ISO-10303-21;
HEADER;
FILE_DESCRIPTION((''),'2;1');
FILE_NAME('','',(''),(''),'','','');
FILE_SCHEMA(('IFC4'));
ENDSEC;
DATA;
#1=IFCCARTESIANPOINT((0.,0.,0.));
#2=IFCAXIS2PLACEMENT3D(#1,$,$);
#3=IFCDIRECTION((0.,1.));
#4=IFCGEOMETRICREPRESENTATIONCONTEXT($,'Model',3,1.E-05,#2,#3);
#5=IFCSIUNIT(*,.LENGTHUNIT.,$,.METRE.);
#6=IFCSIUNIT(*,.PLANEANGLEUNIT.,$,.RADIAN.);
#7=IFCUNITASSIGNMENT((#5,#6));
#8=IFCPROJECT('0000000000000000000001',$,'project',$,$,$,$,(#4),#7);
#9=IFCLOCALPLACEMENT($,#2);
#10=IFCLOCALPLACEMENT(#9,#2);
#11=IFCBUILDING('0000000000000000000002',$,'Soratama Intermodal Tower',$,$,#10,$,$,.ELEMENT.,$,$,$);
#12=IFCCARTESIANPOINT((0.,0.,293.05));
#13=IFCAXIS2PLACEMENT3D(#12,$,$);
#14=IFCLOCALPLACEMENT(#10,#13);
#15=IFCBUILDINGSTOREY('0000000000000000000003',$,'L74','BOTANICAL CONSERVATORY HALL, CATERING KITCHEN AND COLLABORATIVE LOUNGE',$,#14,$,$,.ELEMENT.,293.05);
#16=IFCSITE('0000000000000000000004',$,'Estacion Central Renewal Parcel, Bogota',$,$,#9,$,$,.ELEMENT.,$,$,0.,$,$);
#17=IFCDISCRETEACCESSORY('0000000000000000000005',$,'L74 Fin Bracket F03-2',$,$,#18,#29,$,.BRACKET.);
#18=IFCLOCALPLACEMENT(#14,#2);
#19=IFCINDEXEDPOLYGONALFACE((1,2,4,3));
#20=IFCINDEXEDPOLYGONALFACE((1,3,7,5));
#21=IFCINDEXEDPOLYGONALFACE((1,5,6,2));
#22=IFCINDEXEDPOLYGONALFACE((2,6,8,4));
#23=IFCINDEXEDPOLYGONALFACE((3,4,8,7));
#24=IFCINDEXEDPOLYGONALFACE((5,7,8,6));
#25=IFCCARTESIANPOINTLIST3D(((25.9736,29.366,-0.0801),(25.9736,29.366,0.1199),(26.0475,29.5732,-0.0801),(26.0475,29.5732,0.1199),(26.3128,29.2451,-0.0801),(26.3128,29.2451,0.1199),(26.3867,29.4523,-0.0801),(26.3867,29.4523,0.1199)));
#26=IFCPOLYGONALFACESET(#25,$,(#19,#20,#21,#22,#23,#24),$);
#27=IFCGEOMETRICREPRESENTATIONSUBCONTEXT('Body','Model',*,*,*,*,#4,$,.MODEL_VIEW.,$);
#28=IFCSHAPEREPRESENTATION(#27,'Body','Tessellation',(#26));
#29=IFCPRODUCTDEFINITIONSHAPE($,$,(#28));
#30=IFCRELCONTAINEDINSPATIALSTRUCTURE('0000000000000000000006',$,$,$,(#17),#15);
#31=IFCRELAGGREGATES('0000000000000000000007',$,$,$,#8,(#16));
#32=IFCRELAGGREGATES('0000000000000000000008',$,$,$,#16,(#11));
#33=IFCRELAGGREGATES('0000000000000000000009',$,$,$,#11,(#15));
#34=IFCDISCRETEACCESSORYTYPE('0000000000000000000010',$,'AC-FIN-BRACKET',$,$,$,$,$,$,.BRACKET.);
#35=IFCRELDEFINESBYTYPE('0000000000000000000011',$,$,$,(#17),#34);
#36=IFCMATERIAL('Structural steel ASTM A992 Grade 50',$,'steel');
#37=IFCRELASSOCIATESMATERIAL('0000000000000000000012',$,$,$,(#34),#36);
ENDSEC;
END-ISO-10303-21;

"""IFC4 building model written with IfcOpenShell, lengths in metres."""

from ifc_helpers import new_model, si_unit, direction, frame, origin, origin_2d, place, context, subcontext, project, spatial, rectangle, extrude, material, type_object, element, save


model = new_model("IFC4")

# Units and contexts
model_context = context("Model", 3, precision=1e-05, world=origin(), true_north=direction((0.0, 1.0)))
body_context = subcontext(model_context, "Body", "Model", "MODEL_VIEW")
ifc_project = project(units=[si_unit("LENGTHUNIT", "METRE"), si_unit("PLANEANGLEUNIT", "RADIAN")], contexts=[model_context])

# Site, building, storey
site_placement = place(None, origin())
site = spatial("IfcSite", under=ifc_project, at=site_placement, Name="Estacion Central Renewal Parcel, Bogota", CompositionType="ELEMENT", RefElevation=0.0)
building_placement = place(site_placement, origin())
building = spatial("IfcBuilding", under=site, at=building_placement, Name="Soratama Intermodal Tower", CompositionType="ELEMENT")
storey_placement = place(building_placement, frame((0.0, 0.0, 293.05)))
storey = spatial("IfcBuildingStorey", under=building, at=storey_placement, Name="L74", Description="BOTANICAL CONSERVATORY HALL, CATERING KITCHEN AND COLLABORATIVE LOUNGE", CompositionType="ELEMENT", Elevation=293.05)

# Discrete accessory
ifc_material_1 = material(Name="Structural steel ASTM A992 Grade 50", Category="steel")
discrete_accessory_type = type_object("IfcDiscreteAccessoryType", Name="AC-FIN-BRACKET", PredefinedType="BRACKET", material=ifc_material_1)
for number, where, z_axis, x_axis, name in (
    (1, (26.1802, 29.4092, -0.0801), (0.0, 0.0, 1.0), (-0.94194, 0.33578, 0.0), "L74 Fin Bracket F03-2"),
):
    element("IfcDiscreteAccessory", number, at=place(storey_placement, frame(where, z_axis=z_axis, x_axis=x_axis)), inside=storey, type_object=discrete_accessory_type, Name=name, PredefinedType="BRACKET", context=body_context, shape_type="SweptSolid", body=[
        extrude(rectangle(XDim=0.3601, YDim=0.22, at=origin_2d()), origin(), (0.0, 0.0, 1.0), 0.2),
    ])

save(model, "model.ifc")
